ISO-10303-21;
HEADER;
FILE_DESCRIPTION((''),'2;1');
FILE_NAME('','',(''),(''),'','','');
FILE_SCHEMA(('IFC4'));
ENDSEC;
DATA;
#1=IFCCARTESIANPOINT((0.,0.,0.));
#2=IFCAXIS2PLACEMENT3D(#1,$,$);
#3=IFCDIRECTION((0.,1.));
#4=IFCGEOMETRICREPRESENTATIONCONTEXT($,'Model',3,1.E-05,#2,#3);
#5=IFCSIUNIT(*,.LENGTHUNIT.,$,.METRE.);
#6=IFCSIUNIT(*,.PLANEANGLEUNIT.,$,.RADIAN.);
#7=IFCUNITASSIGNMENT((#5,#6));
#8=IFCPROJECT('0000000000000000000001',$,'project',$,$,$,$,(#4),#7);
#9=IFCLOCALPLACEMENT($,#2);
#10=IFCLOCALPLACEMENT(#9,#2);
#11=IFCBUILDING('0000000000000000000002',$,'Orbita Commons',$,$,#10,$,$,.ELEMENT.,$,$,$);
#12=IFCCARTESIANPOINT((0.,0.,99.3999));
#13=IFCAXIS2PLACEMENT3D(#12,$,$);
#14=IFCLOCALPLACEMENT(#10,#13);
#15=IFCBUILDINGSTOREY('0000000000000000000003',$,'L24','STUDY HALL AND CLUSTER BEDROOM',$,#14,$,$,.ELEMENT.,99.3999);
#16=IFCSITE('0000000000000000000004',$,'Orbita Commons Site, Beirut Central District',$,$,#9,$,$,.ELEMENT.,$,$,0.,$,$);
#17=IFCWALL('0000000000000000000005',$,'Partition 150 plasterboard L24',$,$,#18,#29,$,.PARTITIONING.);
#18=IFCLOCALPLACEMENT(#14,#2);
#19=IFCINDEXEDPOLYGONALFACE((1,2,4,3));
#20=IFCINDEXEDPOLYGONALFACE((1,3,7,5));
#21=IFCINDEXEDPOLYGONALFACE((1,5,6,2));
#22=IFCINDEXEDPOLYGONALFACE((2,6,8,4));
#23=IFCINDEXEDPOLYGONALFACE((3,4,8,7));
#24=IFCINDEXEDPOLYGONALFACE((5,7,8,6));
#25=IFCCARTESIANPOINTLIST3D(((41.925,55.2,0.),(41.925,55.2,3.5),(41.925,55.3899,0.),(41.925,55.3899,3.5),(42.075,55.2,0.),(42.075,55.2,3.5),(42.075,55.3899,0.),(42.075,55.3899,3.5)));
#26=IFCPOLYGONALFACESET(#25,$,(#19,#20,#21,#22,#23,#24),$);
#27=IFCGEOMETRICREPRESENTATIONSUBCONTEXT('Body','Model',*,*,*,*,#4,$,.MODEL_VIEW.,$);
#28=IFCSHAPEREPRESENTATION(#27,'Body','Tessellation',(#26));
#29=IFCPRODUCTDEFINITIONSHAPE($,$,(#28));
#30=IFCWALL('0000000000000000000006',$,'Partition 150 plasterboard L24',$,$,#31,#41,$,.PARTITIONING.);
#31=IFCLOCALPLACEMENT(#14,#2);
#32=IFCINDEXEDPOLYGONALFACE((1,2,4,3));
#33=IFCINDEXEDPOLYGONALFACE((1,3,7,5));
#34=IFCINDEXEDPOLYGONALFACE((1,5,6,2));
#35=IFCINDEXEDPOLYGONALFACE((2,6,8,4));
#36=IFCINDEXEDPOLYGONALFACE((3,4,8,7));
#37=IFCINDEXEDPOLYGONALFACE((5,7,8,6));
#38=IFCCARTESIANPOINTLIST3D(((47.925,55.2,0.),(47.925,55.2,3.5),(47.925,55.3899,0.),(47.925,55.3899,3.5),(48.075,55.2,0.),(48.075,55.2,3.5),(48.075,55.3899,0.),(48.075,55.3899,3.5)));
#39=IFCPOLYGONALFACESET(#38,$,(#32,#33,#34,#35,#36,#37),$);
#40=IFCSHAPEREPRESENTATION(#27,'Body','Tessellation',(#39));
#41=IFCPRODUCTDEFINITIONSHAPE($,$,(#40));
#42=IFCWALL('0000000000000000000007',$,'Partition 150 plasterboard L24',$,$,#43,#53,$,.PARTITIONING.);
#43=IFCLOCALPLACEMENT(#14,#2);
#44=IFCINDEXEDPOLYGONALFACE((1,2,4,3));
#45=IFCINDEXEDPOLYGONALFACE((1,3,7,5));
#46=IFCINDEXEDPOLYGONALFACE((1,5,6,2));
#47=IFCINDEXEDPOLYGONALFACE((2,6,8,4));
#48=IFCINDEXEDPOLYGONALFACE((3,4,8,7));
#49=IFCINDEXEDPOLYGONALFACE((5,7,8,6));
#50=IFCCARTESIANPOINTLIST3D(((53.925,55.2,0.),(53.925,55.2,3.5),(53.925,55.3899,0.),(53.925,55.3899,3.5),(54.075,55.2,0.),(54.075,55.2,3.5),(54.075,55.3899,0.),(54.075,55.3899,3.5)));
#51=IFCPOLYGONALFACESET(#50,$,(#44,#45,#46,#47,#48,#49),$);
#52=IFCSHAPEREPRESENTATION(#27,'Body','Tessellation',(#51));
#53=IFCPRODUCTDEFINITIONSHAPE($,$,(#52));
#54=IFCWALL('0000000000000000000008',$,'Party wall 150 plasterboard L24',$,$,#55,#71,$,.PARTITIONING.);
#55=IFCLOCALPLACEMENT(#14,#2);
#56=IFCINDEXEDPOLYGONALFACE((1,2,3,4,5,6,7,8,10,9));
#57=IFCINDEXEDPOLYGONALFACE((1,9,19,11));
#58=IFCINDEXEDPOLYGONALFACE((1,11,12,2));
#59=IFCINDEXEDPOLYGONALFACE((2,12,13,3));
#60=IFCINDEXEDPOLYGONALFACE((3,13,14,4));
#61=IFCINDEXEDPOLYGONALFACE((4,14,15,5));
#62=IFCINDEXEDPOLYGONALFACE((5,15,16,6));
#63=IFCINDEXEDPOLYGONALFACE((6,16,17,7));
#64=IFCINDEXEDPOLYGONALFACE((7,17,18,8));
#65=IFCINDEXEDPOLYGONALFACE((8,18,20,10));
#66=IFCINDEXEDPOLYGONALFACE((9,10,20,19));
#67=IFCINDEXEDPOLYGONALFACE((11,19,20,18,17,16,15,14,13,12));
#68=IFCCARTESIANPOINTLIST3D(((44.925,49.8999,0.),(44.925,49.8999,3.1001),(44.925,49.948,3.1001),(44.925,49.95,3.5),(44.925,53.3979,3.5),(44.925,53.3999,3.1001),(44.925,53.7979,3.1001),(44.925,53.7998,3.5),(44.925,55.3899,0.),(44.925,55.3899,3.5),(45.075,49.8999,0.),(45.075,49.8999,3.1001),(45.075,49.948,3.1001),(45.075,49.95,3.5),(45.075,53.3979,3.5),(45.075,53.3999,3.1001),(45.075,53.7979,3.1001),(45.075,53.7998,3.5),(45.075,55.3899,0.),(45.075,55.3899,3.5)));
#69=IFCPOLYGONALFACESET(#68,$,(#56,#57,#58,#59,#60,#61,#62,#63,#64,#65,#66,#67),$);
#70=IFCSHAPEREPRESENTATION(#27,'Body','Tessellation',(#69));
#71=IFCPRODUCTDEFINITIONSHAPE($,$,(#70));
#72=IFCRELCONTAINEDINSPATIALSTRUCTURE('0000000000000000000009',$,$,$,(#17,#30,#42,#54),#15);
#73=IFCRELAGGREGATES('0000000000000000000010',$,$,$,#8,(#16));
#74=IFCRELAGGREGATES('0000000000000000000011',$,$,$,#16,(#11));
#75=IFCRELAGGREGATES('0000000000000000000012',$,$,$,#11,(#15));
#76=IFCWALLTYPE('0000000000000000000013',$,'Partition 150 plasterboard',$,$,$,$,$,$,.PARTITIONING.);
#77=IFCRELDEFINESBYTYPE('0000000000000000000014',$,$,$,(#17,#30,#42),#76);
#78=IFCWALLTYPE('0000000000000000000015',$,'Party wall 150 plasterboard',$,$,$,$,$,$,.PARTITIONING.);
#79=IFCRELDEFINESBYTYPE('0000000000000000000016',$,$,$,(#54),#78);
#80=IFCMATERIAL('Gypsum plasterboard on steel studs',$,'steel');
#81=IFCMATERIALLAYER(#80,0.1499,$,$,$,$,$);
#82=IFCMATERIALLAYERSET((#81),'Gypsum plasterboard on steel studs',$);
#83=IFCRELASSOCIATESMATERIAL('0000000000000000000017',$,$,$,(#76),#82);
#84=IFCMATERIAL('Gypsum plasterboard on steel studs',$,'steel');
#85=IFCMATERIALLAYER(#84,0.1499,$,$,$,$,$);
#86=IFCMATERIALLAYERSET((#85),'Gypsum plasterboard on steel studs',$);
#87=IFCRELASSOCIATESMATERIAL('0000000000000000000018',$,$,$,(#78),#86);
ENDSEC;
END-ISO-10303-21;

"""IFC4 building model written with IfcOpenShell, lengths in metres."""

from ifc_helpers import new_model, si_unit, direction, frame, frame_2d, origin, place, context, subcontext, project, spatial, polyline, rectangle, outline, extrude, material, layer, layer_set, type_object, element, save


model = new_model("IFC4")

# Units and contexts
model_context = context("Model", 3, precision=1e-05, world=origin(), true_north=direction((0.0, 1.0)))
body_context = subcontext(model_context, "Body", "Model", "MODEL_VIEW")
ifc_project = project(units=[si_unit("LENGTHUNIT", "METRE"), si_unit("PLANEANGLEUNIT", "RADIAN")], contexts=[model_context])

# Site, building, storey
site_placement = place(None, origin())
site = spatial("IfcSite", under=ifc_project, at=site_placement, Name="Orbita Commons Site, Beirut Central District", CompositionType="ELEMENT", RefElevation=0.0)
building_placement = place(site_placement, origin())
building = spatial("IfcBuilding", under=site, at=building_placement, Name="Orbita Commons", CompositionType="ELEMENT")
storey_placement = place(building_placement, frame((0.0, 0.0, 99.3999)))
storey = spatial("IfcBuildingStorey", under=building, at=storey_placement, Name="L24", Description="STUDY HALL AND CLUSTER BEDROOM", CompositionType="ELEMENT", Elevation=99.3999)

# Walls
ifc_material_1 = material(Name="Gypsum plasterboard on steel studs", Category="steel")
ifc_layer_1 = layer(ifc_material_1, 0.1499)
ifc_layer_set_1 = layer_set([ifc_layer_1], Name="Gypsum plasterboard on steel studs")
wall_type_1 = type_object("IfcWallType", Name="Partition 150 plasterboard", PredefinedType="PARTITIONING", material=ifc_layer_set_1)
for number, where, z_axis, x_axis, name in (
    (1, (42.0, 55.2, 0.0), (0.0, 0.0, 1.0), (0.0, 1.0, 0.0), "Partition 150 plasterboard L24"),
    (2, (48.0, 55.2, 0.0), (0.0, 0.0, 1.0), (0.0, 1.0, 0.0), "Partition 150 plasterboard L24"),
    (3, (54.0, 55.2, 0.0), (0.0, 0.0, 1.0), (0.0, 1.0, 0.0), "Partition 150 plasterboard L24"),
):
    element("IfcWall", number, at=place(storey_placement, frame(where, z_axis=z_axis, x_axis=x_axis)), inside=storey, type_object=wall_type_1, Name=name, PredefinedType="PARTITIONING", context=body_context, shape_type="SweptSolid", body=[
        extrude(rectangle(XDim=0.1899, YDim=0.1499, at=frame_2d((0.095, 0.0))), origin(), (0.0, 0.0, 1.0), 3.5),
    ])
ifc_material_2 = material(Name="Gypsum plasterboard on steel studs", Category="steel")
ifc_layer_2 = layer(ifc_material_2, 0.1499)
ifc_layer_set_2 = layer_set([ifc_layer_2], Name="Gypsum plasterboard on steel studs")
wall_type_2 = type_object("IfcWallType", Name="Party wall 150 plasterboard", PredefinedType="PARTITIONING", material=ifc_layer_set_2)
wall_placement = place(storey_placement, frame((45.0, 55.3899, 0.0), z_axis=(0.0, 0.0, 1.0), x_axis=(0.0, -1.0, 0.0)))
element("IfcWall", 4, at=wall_placement, inside=storey, type_object=wall_type_2, Name="Party wall 150 plasterboard L24", PredefinedType="PARTITIONING", context=body_context, shape_type="SweptSolid", body=[
    extrude(outline(polyline([(0.0, 0.0), (5.49, 0.0), (5.49, 3.1001), (5.4419, 3.1001), (5.4399, 3.5), (1.9919, 3.5), (1.99, 3.1001), (1.592, 3.1001), (1.5901, 3.5), (0.0, 3.5), (0.0, 0.0)])), frame((0.0, 0.075, 0.0), z_axis=(0.0, -1.0, 0.0), x_axis=(1.0, 0.0, 0.0)), (0.0, 0.0, 1.0), 0.1499),
])

save(model, "model.ifc")
